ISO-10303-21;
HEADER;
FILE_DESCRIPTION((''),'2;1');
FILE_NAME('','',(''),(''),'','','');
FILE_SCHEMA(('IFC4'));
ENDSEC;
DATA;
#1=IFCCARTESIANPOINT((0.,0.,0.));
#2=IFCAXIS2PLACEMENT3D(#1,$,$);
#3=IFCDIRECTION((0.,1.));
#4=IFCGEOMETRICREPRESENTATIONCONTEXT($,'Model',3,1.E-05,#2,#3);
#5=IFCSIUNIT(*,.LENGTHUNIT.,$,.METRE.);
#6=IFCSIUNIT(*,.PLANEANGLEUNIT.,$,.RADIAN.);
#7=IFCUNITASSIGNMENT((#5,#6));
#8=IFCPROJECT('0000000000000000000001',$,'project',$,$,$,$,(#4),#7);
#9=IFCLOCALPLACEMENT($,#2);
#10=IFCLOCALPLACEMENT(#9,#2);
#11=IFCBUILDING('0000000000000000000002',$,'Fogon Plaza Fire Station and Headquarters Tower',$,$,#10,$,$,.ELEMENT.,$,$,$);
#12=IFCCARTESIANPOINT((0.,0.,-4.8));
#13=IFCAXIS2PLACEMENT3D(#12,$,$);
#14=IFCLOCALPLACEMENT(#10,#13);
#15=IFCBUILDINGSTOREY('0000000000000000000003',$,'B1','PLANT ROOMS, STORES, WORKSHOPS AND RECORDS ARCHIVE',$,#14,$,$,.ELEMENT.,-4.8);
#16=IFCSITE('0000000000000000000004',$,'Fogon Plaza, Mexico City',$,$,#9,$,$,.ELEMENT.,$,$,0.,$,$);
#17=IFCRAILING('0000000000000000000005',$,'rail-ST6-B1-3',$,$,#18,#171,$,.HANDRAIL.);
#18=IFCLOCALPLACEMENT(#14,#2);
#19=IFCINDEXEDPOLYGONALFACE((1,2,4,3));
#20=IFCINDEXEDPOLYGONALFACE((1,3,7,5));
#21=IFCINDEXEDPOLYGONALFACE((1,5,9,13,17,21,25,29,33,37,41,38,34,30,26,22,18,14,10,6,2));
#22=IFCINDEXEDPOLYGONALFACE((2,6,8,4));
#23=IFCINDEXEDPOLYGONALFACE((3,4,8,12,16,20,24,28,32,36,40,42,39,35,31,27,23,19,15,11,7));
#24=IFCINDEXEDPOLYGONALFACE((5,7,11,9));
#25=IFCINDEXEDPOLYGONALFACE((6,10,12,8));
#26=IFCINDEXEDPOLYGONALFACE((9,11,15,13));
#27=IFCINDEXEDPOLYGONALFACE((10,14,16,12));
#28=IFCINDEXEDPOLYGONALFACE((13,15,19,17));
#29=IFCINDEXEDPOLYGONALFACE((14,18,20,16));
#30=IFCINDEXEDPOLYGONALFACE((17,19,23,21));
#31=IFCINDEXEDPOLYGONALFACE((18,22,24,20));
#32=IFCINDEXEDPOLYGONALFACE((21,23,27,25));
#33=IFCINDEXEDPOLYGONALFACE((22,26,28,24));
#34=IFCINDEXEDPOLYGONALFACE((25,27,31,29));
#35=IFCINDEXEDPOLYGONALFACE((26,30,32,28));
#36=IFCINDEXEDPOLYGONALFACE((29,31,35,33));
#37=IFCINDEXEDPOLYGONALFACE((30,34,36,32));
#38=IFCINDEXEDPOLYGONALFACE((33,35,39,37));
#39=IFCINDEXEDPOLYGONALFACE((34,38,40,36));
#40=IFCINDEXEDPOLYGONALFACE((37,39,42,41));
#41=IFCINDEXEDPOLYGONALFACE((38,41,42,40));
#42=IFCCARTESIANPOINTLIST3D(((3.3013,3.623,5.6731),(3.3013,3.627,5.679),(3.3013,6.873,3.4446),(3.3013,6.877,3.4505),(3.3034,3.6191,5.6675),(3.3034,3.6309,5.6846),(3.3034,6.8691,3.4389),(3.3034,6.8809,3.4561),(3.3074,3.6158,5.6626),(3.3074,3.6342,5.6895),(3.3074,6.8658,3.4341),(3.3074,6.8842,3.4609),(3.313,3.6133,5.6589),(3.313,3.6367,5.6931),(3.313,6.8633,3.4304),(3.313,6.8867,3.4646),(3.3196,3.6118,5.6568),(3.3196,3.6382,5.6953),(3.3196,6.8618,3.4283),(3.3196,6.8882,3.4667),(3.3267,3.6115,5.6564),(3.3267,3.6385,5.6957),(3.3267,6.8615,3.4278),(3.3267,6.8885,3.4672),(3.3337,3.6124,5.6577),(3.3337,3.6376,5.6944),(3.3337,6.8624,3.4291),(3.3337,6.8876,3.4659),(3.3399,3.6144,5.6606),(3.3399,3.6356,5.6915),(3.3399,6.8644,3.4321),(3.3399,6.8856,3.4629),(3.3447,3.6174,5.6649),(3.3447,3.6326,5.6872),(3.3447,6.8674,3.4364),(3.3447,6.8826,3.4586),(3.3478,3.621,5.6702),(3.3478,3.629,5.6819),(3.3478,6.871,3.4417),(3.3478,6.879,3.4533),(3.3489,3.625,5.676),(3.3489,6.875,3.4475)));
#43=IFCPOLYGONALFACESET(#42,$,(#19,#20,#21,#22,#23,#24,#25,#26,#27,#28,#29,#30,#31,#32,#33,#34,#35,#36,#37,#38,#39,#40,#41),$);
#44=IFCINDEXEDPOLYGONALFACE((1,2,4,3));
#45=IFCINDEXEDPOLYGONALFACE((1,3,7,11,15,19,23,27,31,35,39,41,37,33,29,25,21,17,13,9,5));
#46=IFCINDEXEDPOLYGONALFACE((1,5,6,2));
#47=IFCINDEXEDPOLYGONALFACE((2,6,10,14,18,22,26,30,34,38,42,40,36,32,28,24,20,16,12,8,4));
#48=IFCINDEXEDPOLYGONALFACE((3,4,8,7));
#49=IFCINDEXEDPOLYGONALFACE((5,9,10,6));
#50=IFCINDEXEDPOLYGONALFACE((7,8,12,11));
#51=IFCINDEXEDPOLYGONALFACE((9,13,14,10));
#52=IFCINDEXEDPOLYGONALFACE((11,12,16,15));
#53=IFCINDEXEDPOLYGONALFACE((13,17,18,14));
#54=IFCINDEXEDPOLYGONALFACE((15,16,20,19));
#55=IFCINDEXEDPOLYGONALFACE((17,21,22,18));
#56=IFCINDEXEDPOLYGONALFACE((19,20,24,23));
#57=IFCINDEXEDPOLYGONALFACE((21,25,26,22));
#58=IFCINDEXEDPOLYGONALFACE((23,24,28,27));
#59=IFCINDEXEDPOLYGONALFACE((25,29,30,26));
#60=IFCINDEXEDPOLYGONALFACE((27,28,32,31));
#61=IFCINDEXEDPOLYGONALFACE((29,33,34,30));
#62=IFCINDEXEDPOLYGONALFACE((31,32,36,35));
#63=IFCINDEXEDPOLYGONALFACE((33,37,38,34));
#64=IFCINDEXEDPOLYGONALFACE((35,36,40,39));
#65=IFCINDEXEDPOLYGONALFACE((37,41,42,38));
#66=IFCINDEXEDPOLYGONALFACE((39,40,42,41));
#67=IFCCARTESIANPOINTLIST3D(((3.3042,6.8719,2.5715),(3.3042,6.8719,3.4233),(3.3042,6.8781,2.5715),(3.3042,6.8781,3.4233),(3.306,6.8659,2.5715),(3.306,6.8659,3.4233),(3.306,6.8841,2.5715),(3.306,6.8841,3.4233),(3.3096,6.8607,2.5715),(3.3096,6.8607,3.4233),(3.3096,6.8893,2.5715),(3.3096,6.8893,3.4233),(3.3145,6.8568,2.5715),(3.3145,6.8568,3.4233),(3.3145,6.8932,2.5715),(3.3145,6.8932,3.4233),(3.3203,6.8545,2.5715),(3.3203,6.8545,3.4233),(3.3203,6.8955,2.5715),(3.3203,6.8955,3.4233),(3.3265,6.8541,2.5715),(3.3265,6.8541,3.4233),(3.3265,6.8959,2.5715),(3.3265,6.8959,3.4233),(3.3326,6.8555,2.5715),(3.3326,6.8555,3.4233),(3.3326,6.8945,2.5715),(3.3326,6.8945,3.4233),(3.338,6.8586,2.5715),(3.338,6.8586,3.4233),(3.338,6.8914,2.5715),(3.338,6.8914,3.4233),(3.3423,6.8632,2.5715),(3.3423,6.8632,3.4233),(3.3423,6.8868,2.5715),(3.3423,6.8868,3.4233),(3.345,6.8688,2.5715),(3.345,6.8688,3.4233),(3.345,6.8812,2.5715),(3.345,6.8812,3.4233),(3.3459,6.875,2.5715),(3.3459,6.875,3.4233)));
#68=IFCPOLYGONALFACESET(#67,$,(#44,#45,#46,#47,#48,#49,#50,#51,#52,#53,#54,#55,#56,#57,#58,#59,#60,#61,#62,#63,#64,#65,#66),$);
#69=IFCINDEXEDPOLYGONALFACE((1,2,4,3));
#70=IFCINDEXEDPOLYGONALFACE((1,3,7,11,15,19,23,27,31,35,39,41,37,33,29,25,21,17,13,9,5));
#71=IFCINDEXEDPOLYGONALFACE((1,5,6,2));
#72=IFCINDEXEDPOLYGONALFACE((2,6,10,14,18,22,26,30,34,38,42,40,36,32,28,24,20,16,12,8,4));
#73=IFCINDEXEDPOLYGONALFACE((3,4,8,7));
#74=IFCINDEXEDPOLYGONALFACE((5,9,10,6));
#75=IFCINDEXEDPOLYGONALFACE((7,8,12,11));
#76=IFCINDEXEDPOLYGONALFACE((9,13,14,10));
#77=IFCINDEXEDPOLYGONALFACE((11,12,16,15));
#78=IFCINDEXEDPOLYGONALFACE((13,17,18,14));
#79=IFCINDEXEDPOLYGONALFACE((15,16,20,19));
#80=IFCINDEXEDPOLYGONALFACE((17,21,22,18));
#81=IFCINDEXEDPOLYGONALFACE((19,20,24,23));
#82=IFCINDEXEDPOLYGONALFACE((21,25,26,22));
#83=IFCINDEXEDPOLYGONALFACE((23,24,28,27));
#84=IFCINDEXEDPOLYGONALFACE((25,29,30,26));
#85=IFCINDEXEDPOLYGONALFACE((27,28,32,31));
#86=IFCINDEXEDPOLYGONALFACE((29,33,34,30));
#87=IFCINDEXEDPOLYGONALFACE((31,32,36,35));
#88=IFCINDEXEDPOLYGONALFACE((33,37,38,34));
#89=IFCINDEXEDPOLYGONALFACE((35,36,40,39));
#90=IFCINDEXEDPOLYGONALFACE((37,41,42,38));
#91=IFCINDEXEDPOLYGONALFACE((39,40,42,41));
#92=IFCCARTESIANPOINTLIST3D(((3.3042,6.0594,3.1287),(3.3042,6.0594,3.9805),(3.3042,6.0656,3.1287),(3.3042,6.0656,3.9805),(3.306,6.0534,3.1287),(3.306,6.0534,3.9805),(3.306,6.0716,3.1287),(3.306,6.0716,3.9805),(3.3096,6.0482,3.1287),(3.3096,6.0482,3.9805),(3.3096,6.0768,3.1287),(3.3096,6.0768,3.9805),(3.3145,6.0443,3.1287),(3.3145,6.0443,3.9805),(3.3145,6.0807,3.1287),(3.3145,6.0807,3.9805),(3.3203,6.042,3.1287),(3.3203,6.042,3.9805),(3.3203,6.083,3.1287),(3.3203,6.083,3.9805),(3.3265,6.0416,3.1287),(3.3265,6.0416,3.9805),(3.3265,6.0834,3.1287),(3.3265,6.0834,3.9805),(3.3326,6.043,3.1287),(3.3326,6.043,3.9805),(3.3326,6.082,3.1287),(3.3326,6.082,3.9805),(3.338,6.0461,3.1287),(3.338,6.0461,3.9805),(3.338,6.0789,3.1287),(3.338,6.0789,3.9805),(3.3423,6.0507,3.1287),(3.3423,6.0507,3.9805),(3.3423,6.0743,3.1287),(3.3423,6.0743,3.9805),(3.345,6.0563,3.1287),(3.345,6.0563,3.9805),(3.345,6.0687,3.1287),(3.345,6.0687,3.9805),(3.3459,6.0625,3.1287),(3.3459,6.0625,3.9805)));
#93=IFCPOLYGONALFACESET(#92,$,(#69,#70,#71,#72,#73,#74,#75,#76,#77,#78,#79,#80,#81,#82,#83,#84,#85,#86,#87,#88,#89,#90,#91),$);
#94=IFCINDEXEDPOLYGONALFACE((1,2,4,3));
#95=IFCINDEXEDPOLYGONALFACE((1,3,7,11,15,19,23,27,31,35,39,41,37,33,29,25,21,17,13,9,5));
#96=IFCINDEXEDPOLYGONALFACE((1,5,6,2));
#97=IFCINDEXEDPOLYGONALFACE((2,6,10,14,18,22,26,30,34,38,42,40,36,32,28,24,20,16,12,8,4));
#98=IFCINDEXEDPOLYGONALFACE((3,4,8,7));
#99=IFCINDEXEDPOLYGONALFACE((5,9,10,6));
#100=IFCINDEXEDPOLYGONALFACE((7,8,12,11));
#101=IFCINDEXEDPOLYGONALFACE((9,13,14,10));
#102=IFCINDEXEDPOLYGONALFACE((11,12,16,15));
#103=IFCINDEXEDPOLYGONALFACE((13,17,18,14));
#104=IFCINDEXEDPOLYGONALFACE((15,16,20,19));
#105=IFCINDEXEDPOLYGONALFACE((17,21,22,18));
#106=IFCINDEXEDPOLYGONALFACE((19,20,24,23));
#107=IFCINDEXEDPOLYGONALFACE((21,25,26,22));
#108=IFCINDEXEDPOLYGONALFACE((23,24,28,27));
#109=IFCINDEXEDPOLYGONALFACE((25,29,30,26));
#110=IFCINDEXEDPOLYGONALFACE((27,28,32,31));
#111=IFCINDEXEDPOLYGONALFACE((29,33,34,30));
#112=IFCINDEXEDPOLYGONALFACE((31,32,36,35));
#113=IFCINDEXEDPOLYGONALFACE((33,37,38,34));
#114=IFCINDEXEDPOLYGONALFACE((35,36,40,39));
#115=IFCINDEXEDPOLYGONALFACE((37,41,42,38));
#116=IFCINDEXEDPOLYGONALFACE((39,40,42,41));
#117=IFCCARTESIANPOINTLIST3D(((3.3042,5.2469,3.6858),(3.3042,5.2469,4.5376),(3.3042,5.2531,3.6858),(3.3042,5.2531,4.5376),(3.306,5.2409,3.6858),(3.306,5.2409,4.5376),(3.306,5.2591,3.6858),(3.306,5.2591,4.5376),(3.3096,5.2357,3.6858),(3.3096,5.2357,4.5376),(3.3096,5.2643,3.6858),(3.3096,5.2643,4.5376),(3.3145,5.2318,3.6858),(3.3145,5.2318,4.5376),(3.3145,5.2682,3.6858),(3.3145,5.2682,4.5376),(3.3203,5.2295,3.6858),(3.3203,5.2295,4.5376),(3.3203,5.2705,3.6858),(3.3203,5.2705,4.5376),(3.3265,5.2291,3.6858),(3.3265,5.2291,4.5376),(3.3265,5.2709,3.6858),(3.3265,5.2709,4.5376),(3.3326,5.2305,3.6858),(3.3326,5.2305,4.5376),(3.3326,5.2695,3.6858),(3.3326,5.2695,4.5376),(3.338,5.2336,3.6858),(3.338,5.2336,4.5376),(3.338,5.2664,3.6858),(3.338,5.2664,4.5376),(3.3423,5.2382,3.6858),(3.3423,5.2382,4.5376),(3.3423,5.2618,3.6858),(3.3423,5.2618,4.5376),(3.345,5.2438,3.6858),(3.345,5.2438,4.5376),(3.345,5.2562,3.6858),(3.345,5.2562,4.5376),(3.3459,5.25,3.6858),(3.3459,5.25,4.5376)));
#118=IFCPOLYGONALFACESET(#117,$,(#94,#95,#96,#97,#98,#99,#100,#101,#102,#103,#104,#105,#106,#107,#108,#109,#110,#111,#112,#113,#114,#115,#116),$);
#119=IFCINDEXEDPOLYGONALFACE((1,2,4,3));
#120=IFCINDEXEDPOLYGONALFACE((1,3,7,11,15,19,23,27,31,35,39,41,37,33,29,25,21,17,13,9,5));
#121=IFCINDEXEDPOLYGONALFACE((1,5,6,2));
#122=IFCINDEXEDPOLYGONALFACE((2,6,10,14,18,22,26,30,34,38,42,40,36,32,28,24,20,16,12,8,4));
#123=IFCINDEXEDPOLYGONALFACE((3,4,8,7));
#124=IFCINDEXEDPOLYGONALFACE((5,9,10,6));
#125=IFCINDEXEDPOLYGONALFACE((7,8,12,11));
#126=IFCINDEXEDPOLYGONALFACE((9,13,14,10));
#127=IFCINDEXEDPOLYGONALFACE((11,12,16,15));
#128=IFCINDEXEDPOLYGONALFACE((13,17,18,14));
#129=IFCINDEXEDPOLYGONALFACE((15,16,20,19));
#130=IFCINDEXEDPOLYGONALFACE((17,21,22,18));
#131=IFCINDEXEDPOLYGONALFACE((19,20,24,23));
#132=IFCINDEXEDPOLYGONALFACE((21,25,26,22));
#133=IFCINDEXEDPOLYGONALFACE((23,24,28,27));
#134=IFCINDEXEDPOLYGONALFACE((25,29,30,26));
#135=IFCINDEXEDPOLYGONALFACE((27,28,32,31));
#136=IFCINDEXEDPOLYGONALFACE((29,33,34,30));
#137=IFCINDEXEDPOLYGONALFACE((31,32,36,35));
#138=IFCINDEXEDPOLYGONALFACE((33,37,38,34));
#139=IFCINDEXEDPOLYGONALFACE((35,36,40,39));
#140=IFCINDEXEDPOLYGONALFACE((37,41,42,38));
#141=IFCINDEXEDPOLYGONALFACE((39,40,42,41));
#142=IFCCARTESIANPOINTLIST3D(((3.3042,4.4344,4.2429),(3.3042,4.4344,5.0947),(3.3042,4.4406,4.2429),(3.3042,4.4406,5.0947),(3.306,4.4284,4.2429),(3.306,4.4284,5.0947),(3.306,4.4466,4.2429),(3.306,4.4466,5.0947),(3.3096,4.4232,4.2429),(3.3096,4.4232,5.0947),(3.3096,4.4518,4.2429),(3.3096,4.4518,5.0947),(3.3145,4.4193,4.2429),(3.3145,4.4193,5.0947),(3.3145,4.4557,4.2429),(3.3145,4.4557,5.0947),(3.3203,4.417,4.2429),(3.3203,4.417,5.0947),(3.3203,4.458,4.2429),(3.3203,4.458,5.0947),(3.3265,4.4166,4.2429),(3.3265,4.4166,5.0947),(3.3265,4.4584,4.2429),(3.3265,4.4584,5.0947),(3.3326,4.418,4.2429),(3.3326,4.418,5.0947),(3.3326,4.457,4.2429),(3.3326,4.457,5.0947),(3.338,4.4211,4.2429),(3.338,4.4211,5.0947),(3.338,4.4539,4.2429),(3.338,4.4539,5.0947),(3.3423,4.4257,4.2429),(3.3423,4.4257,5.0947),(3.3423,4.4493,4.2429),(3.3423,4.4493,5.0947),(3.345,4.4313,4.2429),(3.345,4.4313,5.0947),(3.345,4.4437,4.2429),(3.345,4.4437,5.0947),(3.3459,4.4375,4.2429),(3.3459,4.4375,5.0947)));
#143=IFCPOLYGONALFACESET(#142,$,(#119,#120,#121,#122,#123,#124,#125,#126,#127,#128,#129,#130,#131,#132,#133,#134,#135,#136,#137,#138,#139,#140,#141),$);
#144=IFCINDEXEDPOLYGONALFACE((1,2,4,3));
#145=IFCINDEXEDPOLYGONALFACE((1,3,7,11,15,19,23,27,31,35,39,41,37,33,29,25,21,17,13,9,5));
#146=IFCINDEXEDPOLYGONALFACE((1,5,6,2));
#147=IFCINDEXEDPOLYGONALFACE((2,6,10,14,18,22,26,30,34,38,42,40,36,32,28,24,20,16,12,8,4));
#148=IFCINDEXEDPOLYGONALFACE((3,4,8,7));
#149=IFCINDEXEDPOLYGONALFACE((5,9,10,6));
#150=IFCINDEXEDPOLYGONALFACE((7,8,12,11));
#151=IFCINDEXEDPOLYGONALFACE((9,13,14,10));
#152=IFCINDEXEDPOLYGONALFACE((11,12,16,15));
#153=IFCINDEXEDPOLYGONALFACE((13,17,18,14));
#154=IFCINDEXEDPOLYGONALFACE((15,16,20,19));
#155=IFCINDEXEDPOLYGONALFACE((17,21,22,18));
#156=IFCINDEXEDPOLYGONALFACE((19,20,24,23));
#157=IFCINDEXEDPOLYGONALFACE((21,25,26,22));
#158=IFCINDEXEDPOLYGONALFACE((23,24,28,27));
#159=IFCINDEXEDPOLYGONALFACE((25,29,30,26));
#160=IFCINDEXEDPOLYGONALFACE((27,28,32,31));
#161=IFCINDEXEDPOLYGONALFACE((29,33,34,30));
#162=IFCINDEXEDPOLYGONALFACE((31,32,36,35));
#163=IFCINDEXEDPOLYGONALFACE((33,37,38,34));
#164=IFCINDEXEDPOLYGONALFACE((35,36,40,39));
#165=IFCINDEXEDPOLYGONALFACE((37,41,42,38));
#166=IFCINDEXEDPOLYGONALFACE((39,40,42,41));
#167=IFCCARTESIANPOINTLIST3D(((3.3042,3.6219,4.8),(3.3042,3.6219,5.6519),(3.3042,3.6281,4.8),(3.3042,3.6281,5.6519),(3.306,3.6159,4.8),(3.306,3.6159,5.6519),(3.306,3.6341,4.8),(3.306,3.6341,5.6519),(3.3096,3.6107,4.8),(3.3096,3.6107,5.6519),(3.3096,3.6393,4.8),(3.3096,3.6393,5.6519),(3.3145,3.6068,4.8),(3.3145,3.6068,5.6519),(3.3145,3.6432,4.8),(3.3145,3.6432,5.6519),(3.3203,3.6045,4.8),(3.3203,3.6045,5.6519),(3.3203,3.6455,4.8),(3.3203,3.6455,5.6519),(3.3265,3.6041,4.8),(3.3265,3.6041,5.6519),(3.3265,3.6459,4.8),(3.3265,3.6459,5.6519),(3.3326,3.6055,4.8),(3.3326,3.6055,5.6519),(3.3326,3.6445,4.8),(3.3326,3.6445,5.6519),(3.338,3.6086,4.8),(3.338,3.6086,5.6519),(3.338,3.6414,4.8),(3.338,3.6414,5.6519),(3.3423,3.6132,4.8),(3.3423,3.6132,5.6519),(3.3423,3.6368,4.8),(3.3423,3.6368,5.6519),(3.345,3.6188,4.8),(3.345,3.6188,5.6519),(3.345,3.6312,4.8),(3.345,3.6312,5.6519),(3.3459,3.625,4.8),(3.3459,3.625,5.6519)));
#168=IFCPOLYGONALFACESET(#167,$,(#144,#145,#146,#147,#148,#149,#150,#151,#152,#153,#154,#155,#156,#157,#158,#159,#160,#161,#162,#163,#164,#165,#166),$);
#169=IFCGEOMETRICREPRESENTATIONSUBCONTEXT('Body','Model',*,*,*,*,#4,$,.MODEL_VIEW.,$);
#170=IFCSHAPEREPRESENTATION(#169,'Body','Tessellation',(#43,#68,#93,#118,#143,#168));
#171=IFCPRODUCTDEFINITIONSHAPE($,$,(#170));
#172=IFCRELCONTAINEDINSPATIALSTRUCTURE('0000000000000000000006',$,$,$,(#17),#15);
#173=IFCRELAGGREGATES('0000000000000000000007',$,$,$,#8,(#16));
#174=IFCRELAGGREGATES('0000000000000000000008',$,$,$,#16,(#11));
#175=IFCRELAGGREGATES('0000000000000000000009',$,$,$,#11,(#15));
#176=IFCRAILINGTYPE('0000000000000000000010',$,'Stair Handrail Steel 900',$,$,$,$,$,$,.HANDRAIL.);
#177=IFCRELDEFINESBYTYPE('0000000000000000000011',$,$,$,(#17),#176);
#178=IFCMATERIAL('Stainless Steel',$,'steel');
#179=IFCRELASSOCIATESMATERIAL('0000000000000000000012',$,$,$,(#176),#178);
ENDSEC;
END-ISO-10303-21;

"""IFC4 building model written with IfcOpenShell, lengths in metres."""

from ifc_helpers import new_model, si_unit, direction, frame, origin, origin_2d, place, context, subcontext, project, spatial, circle, extrude, material, type_object, element, save


model = new_model("IFC4")

# Units and contexts
model_context = context("Model", 3, precision=1e-05, world=origin(), true_north=direction((0.0, 1.0)))
body_context = subcontext(model_context, "Body", "Model", "MODEL_VIEW")
ifc_project = project(units=[si_unit("LENGTHUNIT", "METRE"), si_unit("PLANEANGLEUNIT", "RADIAN")], contexts=[model_context])

# Site, building, storey
site_placement = place(None, origin())
site = spatial("IfcSite", under=ifc_project, at=site_placement, Name="Fogon Plaza, Mexico City", CompositionType="ELEMENT", RefElevation=0.0)
building_placement = place(site_placement, origin())
building = spatial("IfcBuilding", under=site, at=building_placement, Name="Fogon Plaza Fire Station and Headquarters Tower", CompositionType="ELEMENT")
storey_placement = place(building_placement, frame((0.0, 0.0, -4.8)))
storey = spatial("IfcBuildingStorey", under=building, at=storey_placement, Name="B1", Description="PLANT ROOMS, STORES, WORKSHOPS AND RECORDS ARCHIVE", CompositionType="ELEMENT", Elevation=-4.8)

# Railing
ifc_material_1 = material(Name="Stainless Steel", Category="steel")
railing_type = type_object("IfcRailingType", Name="Stair Handrail Steel 900", PredefinedType="HANDRAIL", material=ifc_material_1)
railing_placement = place(storey_placement, frame((3.325, 6.875, 2.5715)))
element("IfcRailing", 1, at=railing_placement, inside=storey, type_object=railing_type, Name="rail-ST6-B1-3", PredefinedType="HANDRAIL", context=body_context, shape_type="SweptSolid", body=[
    extrude(circle(Radius=0.0239, at=origin_2d()), frame((0.0, 0.0, 0.876), z_axis=(0.0, -0.824735, 0.565519), x_axis=(1.0, 0.0, 0.0)), (0.0, 0.0, 1.0), 3.9407),
    extrude(circle(Radius=0.021, at=origin_2d()), origin(), (0.0, 0.0, 1.0), 0.8518),
    extrude(circle(Radius=0.021, at=origin_2d()), frame((0.0, -0.8125, 0.5571)), (0.0, 0.0, 1.0), 0.8518),
    extrude(circle(Radius=0.021, at=origin_2d()), frame((0.0, -1.625, 1.1143)), (0.0, 0.0, 1.0), 0.8518),
    extrude(circle(Radius=0.021, at=origin_2d()), frame((0.0, -2.4375, 1.6714)), (0.0, 0.0, 1.0), 0.8518),
    extrude(circle(Radius=0.021, at=origin_2d()), frame((0.0, -3.25, 2.2285)), (0.0, 0.0, 1.0), 0.8518),
])

save(model, "model.ifc")
